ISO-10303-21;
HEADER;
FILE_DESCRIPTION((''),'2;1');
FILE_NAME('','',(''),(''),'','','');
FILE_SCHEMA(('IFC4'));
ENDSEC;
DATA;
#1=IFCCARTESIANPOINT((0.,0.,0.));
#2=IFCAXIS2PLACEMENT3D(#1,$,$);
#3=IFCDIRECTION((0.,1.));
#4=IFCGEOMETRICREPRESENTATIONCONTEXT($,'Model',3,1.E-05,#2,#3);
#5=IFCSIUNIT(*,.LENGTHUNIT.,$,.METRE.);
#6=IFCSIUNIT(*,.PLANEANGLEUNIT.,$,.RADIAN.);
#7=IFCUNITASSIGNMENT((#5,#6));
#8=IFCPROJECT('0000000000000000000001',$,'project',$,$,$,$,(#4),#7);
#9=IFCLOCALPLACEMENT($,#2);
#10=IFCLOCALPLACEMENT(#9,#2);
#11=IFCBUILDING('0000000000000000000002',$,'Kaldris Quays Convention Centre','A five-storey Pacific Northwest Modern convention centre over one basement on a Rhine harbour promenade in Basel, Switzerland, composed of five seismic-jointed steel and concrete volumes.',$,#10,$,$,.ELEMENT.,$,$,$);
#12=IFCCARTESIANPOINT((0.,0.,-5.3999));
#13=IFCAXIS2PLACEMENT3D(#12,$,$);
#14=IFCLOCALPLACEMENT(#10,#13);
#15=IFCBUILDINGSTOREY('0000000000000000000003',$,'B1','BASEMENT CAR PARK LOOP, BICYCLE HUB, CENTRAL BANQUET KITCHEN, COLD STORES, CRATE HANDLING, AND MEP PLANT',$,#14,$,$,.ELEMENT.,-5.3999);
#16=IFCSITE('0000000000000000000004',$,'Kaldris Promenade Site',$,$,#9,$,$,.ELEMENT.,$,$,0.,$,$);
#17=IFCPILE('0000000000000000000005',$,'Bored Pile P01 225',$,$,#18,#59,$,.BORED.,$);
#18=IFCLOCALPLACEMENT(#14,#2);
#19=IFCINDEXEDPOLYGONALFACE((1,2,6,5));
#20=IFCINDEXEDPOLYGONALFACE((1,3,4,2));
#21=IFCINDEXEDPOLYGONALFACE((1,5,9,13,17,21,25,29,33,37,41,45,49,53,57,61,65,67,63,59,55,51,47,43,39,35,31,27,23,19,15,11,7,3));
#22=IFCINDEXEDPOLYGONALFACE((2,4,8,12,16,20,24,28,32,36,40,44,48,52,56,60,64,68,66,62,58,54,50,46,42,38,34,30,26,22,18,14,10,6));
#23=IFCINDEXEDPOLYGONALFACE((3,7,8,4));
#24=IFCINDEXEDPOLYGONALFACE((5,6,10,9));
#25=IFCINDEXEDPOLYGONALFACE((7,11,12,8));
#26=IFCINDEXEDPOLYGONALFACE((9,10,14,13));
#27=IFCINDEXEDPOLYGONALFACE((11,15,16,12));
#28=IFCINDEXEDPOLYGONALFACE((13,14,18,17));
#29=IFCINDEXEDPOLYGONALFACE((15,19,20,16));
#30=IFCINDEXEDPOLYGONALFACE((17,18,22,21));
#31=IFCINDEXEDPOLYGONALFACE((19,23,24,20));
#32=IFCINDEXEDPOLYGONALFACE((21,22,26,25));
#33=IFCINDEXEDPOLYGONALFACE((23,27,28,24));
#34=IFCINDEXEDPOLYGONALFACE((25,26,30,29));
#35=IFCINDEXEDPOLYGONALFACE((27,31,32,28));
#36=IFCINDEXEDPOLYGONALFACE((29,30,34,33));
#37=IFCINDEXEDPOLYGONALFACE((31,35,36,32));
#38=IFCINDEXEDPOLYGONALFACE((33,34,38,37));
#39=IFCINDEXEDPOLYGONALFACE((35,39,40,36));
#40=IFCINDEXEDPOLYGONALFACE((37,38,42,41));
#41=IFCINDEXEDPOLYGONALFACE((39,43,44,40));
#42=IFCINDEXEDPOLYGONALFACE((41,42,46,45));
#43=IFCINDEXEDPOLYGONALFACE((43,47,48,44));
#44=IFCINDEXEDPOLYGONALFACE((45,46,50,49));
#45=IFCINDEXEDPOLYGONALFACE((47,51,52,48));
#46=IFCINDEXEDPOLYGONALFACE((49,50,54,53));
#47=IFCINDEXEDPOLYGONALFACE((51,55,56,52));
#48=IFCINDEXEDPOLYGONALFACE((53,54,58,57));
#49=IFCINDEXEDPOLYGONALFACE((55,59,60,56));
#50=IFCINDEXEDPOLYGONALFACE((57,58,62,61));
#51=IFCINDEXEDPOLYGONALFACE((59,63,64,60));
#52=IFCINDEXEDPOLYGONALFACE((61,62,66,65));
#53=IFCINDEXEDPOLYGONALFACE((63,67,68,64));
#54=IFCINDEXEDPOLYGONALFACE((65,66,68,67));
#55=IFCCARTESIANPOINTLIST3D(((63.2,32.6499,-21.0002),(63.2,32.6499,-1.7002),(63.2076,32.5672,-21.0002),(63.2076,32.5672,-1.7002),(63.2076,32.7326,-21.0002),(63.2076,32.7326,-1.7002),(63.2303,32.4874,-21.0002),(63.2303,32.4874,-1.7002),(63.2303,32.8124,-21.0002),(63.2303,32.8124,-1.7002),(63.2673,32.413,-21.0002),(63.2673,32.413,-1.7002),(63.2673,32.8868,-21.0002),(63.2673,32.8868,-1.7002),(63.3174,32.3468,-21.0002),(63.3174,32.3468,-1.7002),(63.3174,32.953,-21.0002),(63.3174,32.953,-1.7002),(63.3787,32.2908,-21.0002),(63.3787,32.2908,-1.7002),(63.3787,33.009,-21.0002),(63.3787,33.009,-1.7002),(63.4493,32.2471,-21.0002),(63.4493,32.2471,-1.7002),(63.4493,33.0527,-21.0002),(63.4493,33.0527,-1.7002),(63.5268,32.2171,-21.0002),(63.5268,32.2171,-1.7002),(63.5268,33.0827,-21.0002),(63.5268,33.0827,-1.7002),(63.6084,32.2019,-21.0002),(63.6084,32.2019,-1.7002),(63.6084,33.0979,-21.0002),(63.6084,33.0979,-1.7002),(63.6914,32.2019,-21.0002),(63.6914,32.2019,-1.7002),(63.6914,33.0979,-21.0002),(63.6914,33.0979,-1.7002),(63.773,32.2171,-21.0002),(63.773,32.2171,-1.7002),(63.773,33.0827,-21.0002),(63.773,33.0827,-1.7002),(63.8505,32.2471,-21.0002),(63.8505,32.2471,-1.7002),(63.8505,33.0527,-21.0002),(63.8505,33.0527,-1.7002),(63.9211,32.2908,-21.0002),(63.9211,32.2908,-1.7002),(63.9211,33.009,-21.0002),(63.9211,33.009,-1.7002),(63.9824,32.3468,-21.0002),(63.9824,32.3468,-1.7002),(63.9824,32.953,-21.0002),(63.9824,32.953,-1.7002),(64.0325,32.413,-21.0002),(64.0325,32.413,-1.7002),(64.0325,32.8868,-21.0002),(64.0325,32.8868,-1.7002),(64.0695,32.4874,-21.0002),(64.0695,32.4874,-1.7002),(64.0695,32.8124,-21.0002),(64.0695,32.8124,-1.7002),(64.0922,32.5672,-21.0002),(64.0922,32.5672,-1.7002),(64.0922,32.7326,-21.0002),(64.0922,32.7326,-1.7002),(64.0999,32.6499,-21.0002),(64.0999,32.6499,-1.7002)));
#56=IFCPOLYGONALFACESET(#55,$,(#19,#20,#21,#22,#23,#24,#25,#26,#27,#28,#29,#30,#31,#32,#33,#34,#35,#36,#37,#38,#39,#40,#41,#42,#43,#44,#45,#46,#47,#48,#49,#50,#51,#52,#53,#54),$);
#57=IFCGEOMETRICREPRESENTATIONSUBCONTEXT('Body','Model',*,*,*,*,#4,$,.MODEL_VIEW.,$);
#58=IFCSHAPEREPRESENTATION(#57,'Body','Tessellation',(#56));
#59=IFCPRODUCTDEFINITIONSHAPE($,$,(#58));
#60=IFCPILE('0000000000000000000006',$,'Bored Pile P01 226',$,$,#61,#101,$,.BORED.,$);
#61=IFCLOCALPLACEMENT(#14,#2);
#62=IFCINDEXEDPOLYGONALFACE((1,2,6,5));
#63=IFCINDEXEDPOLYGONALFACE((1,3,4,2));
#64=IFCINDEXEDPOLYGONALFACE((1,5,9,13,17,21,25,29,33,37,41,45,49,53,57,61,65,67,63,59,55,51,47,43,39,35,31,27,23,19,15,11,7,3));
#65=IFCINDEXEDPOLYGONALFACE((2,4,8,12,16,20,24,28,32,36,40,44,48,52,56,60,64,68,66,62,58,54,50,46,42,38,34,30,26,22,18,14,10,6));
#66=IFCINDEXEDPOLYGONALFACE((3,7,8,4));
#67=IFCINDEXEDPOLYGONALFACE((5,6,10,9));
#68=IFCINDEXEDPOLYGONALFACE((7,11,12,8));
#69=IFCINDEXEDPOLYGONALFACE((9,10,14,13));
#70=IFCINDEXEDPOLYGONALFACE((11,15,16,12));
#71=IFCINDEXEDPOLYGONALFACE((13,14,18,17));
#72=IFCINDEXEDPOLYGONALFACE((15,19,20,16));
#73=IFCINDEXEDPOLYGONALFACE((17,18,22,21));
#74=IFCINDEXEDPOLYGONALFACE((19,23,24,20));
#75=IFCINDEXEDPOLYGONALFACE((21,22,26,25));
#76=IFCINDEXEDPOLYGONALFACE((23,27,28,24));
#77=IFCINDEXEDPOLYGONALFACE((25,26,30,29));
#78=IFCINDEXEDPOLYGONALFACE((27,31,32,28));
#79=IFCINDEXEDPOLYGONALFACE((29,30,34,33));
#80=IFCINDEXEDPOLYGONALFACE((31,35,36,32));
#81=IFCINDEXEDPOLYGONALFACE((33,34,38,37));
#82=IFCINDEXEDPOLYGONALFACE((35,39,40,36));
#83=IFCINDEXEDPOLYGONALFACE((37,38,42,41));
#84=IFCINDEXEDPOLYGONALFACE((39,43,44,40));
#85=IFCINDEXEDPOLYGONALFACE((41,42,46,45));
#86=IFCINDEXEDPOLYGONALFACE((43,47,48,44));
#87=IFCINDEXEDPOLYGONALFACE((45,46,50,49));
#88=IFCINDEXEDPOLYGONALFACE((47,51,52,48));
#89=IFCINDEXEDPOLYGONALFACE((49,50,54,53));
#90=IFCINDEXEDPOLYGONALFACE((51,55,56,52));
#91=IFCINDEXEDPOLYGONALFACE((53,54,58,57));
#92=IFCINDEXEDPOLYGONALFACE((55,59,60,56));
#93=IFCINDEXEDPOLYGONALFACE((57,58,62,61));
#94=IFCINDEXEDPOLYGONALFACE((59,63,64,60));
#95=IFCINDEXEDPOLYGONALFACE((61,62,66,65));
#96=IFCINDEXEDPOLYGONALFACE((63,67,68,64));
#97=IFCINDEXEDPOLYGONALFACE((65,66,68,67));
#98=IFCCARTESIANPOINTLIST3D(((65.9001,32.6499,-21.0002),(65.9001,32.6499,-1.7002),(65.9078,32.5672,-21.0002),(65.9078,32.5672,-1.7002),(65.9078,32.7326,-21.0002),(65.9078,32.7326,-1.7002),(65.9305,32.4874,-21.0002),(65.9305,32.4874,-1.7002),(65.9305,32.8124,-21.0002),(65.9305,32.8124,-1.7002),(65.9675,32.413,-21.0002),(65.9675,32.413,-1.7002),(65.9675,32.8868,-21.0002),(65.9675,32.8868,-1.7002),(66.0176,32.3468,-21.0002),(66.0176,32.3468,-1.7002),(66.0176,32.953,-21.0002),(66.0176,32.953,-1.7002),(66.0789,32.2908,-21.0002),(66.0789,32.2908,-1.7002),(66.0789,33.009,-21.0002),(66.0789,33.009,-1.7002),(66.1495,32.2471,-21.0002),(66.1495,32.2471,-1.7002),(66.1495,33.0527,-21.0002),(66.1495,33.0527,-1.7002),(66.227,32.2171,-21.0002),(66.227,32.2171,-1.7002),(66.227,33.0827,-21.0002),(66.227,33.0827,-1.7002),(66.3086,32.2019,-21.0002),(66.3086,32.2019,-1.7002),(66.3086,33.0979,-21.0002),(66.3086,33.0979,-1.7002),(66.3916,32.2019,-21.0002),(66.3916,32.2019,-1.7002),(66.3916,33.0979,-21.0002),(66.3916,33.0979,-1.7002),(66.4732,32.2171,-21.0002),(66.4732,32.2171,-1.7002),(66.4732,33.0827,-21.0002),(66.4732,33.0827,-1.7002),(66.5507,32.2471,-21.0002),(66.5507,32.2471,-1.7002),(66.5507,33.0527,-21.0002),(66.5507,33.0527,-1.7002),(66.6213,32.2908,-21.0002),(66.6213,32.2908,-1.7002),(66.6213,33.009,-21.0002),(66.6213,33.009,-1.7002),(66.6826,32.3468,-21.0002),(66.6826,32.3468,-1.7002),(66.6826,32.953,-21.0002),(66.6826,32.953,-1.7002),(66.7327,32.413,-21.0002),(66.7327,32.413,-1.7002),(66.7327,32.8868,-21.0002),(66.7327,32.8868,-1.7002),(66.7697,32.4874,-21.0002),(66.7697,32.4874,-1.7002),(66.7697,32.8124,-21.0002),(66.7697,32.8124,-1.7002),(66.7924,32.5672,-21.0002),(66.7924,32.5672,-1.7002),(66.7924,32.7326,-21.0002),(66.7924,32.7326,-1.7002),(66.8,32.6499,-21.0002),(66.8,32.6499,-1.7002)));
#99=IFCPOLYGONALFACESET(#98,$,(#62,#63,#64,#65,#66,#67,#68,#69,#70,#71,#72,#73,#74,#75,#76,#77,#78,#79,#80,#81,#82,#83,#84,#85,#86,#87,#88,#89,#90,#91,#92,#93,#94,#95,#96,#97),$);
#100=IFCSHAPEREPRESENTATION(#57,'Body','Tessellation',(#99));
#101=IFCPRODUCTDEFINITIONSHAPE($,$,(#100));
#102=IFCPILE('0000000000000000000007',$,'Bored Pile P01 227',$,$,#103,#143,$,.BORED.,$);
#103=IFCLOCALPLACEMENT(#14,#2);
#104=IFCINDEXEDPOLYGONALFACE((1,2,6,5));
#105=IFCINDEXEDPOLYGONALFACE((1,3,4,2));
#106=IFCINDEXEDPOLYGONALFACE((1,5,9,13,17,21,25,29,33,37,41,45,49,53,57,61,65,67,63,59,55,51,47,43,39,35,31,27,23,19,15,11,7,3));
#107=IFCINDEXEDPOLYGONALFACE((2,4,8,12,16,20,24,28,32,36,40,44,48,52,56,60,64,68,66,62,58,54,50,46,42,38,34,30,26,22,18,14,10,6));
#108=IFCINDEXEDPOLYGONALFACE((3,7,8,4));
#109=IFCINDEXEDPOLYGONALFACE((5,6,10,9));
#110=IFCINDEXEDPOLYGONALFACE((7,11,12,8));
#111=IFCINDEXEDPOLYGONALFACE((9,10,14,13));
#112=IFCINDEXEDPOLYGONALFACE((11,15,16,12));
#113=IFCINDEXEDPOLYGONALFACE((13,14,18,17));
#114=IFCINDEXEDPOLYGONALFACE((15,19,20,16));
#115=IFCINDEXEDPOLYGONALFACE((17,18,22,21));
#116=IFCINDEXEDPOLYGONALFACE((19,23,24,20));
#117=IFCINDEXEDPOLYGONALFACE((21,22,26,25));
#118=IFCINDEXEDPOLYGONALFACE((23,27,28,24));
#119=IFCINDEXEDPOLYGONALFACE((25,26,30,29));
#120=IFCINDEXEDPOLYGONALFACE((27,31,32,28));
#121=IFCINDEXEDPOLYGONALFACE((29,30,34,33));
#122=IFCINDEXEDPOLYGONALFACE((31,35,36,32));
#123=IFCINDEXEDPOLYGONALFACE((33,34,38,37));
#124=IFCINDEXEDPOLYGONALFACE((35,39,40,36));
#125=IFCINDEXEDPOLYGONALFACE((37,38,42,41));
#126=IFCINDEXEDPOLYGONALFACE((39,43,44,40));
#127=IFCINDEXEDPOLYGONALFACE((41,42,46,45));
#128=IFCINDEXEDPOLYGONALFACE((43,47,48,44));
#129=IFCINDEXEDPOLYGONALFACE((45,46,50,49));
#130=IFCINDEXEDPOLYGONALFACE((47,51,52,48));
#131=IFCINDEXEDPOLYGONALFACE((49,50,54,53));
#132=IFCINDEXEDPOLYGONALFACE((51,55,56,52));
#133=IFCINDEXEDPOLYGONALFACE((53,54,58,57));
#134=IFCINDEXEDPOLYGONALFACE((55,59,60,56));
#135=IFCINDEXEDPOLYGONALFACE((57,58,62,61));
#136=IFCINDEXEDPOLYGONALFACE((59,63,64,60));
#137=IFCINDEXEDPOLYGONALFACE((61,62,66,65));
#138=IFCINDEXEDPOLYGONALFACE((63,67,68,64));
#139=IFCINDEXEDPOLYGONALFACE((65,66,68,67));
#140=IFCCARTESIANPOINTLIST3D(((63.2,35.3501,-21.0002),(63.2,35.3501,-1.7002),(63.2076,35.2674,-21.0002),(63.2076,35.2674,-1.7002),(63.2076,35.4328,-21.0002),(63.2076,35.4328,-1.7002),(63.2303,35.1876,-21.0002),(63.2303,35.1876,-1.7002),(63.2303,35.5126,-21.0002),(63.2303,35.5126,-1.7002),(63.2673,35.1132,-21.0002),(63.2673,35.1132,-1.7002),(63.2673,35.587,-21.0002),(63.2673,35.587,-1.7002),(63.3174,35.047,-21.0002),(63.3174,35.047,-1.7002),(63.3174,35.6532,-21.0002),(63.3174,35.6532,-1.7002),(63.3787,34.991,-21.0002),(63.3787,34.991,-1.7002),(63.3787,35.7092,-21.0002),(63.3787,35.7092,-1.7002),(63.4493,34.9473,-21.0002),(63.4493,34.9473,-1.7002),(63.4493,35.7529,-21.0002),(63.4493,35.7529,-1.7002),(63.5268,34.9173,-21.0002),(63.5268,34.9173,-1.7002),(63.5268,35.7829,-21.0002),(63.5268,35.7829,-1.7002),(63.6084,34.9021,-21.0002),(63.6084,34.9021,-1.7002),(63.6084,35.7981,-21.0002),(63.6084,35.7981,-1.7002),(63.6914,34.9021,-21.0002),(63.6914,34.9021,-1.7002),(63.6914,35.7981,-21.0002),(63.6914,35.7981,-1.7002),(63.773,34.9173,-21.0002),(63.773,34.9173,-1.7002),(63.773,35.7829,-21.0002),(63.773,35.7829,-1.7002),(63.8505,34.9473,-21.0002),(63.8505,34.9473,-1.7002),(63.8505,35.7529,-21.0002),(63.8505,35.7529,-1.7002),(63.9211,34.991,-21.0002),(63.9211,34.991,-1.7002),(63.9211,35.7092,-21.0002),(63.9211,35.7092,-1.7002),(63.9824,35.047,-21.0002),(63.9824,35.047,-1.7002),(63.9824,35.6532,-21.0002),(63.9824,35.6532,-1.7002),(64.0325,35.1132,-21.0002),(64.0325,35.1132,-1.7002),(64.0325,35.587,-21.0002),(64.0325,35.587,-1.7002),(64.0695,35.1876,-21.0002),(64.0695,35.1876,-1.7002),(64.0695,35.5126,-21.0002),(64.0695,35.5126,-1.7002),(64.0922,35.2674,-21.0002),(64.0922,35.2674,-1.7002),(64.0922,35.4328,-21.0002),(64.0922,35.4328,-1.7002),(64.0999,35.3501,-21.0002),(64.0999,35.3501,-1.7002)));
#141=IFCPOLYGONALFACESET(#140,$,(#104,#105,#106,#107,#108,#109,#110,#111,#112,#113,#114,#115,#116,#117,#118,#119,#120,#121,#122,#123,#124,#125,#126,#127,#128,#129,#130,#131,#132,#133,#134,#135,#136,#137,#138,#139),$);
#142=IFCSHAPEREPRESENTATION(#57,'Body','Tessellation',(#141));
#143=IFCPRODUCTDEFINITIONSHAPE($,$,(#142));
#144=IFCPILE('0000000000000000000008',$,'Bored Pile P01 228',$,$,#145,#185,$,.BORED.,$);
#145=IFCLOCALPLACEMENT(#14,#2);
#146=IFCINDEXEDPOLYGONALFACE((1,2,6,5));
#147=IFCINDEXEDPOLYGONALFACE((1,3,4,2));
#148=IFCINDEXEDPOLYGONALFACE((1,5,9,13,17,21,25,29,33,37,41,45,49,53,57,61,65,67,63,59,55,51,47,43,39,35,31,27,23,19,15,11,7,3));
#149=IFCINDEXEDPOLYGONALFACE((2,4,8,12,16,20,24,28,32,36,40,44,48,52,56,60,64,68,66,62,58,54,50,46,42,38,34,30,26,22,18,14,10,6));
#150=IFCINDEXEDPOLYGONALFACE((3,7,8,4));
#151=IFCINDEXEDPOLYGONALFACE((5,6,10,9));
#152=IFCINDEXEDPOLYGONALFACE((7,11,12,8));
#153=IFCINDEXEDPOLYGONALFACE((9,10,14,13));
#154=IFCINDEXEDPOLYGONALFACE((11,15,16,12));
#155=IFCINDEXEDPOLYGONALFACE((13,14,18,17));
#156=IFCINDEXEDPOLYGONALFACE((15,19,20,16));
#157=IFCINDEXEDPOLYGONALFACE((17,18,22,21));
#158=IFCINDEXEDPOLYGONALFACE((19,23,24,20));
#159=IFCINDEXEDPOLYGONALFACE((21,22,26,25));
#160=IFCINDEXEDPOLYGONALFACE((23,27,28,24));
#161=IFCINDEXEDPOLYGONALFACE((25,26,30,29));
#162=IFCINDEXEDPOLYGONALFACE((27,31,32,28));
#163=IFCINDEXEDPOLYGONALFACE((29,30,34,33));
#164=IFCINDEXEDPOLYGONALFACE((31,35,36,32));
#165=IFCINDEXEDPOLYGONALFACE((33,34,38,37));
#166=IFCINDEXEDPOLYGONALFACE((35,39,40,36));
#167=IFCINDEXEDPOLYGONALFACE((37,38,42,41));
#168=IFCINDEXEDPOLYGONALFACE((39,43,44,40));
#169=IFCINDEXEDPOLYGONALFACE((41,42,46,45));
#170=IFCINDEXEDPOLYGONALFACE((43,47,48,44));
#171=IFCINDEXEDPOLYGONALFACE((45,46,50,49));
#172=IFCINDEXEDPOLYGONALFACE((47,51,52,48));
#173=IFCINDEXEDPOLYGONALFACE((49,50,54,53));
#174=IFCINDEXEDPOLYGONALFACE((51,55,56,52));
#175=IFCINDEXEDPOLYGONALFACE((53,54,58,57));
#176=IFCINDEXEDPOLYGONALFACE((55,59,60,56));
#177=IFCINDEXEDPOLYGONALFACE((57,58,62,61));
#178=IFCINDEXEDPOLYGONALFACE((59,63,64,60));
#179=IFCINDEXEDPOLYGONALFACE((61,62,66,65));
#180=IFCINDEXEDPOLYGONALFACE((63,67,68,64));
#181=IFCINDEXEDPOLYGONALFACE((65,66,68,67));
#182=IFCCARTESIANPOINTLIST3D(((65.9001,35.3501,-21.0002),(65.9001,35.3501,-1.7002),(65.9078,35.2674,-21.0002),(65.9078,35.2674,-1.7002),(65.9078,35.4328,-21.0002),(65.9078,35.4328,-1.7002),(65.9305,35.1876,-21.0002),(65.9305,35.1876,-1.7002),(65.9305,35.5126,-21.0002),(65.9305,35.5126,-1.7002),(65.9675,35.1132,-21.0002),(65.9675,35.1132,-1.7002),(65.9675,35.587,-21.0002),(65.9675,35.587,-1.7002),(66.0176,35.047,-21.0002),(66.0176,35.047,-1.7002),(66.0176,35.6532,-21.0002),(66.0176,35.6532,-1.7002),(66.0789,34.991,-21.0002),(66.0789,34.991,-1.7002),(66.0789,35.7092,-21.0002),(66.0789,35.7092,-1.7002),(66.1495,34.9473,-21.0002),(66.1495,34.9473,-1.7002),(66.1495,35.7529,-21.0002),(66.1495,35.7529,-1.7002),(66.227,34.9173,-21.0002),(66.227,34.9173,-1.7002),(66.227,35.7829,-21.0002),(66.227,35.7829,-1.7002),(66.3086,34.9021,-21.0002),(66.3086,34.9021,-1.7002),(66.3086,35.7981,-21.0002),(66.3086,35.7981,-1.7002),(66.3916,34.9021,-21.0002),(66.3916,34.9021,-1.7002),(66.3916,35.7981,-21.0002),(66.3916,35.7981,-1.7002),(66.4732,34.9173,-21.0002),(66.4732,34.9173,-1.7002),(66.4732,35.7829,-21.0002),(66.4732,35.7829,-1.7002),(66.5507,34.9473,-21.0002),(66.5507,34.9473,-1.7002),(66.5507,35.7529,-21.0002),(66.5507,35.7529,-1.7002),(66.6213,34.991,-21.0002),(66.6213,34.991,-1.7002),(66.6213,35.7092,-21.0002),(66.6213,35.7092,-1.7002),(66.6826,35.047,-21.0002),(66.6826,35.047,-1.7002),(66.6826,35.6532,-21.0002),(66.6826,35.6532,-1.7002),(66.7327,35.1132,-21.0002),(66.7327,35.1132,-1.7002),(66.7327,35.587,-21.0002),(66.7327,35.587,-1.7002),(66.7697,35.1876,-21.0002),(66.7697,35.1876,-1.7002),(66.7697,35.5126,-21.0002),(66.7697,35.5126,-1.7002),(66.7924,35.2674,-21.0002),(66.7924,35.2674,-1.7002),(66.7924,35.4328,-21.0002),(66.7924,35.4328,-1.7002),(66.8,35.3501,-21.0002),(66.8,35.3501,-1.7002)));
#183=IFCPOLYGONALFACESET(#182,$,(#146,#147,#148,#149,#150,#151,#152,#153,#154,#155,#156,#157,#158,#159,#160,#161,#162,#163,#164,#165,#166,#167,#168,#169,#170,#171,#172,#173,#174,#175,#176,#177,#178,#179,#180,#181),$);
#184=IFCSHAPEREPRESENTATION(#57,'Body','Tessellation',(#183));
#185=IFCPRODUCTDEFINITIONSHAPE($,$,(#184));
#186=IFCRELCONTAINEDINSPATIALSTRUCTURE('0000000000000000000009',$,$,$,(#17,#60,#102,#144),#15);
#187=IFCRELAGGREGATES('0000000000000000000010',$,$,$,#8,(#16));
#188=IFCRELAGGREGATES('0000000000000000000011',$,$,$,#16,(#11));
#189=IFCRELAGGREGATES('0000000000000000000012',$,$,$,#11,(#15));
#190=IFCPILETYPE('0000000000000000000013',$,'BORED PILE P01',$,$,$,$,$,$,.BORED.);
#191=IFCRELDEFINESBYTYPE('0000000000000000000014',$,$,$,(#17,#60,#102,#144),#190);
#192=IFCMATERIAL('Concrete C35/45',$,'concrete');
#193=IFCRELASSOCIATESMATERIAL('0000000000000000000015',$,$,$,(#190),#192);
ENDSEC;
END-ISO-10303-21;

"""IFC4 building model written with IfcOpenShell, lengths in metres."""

from ifc_helpers import new_model, si_unit, direction, frame, origin, origin_2d, place, context, subcontext, project, spatial, circle, extrude, material, material_profile, profile_set, type_object, element, save


model = new_model("IFC4")

# Units and contexts
model_context = context("Model", 3, precision=1e-05, world=origin(), true_north=direction((0.0, 1.0)))
body_context = subcontext(model_context, "Body", "Model", "MODEL_VIEW")
ifc_project = project(units=[si_unit("LENGTHUNIT", "METRE"), si_unit("PLANEANGLEUNIT", "RADIAN")], contexts=[model_context])

# Site, building, storey
site_placement = place(None, origin())
site = spatial("IfcSite", under=ifc_project, at=site_placement, Name="Kaldris Promenade Site", CompositionType="ELEMENT", RefElevation=0.0)
building_placement = place(site_placement, origin())
building = spatial("IfcBuilding", under=site, at=building_placement, Name="Kaldris Quays Convention Centre", Description="A five-storey Pacific Northwest Modern convention centre over one basement on a Rhine harbour promenade in Basel, Switzerland, composed of five seismic-jointed steel and concrete volumes.", CompositionType="ELEMENT")
storey_placement = place(building_placement, frame((0.0, 0.0, -5.3999)))
storey = spatial("IfcBuildingStorey", under=building, at=storey_placement, Name="B1", Description="BASEMENT CAR PARK LOOP, BICYCLE HUB, CENTRAL BANQUET KITCHEN, COLD STORES, CRATE HANDLING, AND MEP PLANT", CompositionType="ELEMENT", Elevation=-5.3999)

# Piles
ifc_material_1 = material(Name="Concrete C35/45", Category="concrete")
ifc_material_profile_1 = material_profile(ifc_material_1, circle(Radius=0.45, at=origin_2d()), Name="BORED PILE D900")
ifc_profile_set_1 = profile_set([ifc_material_profile_1], Name="Concrete C35/45")
pile_type = type_object("IfcPileType", Name="BORED PILE P01", PredefinedType="BORED", material=ifc_profile_set_1)
for number, where, z_axis, x_axis, name in (
    (1, (63.6499, 32.6499, -1.7002), (0.0, 0.0, -1.0), (1.0, 0.0, 0.0), "Bored Pile P01 225"),
    (2, (66.3501, 32.6499, -1.7002), (0.0, 0.0, -1.0), (1.0, 0.0, 0.0), "Bored Pile P01 226"),
    (3, (63.6499, 35.3501, -1.7002), (0.0, 0.0, -1.0), (1.0, 0.0, 0.0), "Bored Pile P01 227"),
    (4, (66.3501, 35.3501, -1.7002), (0.0, 0.0, -1.0), (1.0, 0.0, 0.0), "Bored Pile P01 228"),
):
    element("IfcPile", number, at=place(storey_placement, frame(where, z_axis=z_axis, x_axis=x_axis)), inside=storey, type_object=pile_type, Name=name, PredefinedType="BORED", context=body_context, shape_type="SweptSolid", body=[
        extrude(circle(Radius=0.45, at=origin_2d()), origin(), (0.0, 0.0, 1.0), 19.3),
    ])

save(model, "model.ifc")
